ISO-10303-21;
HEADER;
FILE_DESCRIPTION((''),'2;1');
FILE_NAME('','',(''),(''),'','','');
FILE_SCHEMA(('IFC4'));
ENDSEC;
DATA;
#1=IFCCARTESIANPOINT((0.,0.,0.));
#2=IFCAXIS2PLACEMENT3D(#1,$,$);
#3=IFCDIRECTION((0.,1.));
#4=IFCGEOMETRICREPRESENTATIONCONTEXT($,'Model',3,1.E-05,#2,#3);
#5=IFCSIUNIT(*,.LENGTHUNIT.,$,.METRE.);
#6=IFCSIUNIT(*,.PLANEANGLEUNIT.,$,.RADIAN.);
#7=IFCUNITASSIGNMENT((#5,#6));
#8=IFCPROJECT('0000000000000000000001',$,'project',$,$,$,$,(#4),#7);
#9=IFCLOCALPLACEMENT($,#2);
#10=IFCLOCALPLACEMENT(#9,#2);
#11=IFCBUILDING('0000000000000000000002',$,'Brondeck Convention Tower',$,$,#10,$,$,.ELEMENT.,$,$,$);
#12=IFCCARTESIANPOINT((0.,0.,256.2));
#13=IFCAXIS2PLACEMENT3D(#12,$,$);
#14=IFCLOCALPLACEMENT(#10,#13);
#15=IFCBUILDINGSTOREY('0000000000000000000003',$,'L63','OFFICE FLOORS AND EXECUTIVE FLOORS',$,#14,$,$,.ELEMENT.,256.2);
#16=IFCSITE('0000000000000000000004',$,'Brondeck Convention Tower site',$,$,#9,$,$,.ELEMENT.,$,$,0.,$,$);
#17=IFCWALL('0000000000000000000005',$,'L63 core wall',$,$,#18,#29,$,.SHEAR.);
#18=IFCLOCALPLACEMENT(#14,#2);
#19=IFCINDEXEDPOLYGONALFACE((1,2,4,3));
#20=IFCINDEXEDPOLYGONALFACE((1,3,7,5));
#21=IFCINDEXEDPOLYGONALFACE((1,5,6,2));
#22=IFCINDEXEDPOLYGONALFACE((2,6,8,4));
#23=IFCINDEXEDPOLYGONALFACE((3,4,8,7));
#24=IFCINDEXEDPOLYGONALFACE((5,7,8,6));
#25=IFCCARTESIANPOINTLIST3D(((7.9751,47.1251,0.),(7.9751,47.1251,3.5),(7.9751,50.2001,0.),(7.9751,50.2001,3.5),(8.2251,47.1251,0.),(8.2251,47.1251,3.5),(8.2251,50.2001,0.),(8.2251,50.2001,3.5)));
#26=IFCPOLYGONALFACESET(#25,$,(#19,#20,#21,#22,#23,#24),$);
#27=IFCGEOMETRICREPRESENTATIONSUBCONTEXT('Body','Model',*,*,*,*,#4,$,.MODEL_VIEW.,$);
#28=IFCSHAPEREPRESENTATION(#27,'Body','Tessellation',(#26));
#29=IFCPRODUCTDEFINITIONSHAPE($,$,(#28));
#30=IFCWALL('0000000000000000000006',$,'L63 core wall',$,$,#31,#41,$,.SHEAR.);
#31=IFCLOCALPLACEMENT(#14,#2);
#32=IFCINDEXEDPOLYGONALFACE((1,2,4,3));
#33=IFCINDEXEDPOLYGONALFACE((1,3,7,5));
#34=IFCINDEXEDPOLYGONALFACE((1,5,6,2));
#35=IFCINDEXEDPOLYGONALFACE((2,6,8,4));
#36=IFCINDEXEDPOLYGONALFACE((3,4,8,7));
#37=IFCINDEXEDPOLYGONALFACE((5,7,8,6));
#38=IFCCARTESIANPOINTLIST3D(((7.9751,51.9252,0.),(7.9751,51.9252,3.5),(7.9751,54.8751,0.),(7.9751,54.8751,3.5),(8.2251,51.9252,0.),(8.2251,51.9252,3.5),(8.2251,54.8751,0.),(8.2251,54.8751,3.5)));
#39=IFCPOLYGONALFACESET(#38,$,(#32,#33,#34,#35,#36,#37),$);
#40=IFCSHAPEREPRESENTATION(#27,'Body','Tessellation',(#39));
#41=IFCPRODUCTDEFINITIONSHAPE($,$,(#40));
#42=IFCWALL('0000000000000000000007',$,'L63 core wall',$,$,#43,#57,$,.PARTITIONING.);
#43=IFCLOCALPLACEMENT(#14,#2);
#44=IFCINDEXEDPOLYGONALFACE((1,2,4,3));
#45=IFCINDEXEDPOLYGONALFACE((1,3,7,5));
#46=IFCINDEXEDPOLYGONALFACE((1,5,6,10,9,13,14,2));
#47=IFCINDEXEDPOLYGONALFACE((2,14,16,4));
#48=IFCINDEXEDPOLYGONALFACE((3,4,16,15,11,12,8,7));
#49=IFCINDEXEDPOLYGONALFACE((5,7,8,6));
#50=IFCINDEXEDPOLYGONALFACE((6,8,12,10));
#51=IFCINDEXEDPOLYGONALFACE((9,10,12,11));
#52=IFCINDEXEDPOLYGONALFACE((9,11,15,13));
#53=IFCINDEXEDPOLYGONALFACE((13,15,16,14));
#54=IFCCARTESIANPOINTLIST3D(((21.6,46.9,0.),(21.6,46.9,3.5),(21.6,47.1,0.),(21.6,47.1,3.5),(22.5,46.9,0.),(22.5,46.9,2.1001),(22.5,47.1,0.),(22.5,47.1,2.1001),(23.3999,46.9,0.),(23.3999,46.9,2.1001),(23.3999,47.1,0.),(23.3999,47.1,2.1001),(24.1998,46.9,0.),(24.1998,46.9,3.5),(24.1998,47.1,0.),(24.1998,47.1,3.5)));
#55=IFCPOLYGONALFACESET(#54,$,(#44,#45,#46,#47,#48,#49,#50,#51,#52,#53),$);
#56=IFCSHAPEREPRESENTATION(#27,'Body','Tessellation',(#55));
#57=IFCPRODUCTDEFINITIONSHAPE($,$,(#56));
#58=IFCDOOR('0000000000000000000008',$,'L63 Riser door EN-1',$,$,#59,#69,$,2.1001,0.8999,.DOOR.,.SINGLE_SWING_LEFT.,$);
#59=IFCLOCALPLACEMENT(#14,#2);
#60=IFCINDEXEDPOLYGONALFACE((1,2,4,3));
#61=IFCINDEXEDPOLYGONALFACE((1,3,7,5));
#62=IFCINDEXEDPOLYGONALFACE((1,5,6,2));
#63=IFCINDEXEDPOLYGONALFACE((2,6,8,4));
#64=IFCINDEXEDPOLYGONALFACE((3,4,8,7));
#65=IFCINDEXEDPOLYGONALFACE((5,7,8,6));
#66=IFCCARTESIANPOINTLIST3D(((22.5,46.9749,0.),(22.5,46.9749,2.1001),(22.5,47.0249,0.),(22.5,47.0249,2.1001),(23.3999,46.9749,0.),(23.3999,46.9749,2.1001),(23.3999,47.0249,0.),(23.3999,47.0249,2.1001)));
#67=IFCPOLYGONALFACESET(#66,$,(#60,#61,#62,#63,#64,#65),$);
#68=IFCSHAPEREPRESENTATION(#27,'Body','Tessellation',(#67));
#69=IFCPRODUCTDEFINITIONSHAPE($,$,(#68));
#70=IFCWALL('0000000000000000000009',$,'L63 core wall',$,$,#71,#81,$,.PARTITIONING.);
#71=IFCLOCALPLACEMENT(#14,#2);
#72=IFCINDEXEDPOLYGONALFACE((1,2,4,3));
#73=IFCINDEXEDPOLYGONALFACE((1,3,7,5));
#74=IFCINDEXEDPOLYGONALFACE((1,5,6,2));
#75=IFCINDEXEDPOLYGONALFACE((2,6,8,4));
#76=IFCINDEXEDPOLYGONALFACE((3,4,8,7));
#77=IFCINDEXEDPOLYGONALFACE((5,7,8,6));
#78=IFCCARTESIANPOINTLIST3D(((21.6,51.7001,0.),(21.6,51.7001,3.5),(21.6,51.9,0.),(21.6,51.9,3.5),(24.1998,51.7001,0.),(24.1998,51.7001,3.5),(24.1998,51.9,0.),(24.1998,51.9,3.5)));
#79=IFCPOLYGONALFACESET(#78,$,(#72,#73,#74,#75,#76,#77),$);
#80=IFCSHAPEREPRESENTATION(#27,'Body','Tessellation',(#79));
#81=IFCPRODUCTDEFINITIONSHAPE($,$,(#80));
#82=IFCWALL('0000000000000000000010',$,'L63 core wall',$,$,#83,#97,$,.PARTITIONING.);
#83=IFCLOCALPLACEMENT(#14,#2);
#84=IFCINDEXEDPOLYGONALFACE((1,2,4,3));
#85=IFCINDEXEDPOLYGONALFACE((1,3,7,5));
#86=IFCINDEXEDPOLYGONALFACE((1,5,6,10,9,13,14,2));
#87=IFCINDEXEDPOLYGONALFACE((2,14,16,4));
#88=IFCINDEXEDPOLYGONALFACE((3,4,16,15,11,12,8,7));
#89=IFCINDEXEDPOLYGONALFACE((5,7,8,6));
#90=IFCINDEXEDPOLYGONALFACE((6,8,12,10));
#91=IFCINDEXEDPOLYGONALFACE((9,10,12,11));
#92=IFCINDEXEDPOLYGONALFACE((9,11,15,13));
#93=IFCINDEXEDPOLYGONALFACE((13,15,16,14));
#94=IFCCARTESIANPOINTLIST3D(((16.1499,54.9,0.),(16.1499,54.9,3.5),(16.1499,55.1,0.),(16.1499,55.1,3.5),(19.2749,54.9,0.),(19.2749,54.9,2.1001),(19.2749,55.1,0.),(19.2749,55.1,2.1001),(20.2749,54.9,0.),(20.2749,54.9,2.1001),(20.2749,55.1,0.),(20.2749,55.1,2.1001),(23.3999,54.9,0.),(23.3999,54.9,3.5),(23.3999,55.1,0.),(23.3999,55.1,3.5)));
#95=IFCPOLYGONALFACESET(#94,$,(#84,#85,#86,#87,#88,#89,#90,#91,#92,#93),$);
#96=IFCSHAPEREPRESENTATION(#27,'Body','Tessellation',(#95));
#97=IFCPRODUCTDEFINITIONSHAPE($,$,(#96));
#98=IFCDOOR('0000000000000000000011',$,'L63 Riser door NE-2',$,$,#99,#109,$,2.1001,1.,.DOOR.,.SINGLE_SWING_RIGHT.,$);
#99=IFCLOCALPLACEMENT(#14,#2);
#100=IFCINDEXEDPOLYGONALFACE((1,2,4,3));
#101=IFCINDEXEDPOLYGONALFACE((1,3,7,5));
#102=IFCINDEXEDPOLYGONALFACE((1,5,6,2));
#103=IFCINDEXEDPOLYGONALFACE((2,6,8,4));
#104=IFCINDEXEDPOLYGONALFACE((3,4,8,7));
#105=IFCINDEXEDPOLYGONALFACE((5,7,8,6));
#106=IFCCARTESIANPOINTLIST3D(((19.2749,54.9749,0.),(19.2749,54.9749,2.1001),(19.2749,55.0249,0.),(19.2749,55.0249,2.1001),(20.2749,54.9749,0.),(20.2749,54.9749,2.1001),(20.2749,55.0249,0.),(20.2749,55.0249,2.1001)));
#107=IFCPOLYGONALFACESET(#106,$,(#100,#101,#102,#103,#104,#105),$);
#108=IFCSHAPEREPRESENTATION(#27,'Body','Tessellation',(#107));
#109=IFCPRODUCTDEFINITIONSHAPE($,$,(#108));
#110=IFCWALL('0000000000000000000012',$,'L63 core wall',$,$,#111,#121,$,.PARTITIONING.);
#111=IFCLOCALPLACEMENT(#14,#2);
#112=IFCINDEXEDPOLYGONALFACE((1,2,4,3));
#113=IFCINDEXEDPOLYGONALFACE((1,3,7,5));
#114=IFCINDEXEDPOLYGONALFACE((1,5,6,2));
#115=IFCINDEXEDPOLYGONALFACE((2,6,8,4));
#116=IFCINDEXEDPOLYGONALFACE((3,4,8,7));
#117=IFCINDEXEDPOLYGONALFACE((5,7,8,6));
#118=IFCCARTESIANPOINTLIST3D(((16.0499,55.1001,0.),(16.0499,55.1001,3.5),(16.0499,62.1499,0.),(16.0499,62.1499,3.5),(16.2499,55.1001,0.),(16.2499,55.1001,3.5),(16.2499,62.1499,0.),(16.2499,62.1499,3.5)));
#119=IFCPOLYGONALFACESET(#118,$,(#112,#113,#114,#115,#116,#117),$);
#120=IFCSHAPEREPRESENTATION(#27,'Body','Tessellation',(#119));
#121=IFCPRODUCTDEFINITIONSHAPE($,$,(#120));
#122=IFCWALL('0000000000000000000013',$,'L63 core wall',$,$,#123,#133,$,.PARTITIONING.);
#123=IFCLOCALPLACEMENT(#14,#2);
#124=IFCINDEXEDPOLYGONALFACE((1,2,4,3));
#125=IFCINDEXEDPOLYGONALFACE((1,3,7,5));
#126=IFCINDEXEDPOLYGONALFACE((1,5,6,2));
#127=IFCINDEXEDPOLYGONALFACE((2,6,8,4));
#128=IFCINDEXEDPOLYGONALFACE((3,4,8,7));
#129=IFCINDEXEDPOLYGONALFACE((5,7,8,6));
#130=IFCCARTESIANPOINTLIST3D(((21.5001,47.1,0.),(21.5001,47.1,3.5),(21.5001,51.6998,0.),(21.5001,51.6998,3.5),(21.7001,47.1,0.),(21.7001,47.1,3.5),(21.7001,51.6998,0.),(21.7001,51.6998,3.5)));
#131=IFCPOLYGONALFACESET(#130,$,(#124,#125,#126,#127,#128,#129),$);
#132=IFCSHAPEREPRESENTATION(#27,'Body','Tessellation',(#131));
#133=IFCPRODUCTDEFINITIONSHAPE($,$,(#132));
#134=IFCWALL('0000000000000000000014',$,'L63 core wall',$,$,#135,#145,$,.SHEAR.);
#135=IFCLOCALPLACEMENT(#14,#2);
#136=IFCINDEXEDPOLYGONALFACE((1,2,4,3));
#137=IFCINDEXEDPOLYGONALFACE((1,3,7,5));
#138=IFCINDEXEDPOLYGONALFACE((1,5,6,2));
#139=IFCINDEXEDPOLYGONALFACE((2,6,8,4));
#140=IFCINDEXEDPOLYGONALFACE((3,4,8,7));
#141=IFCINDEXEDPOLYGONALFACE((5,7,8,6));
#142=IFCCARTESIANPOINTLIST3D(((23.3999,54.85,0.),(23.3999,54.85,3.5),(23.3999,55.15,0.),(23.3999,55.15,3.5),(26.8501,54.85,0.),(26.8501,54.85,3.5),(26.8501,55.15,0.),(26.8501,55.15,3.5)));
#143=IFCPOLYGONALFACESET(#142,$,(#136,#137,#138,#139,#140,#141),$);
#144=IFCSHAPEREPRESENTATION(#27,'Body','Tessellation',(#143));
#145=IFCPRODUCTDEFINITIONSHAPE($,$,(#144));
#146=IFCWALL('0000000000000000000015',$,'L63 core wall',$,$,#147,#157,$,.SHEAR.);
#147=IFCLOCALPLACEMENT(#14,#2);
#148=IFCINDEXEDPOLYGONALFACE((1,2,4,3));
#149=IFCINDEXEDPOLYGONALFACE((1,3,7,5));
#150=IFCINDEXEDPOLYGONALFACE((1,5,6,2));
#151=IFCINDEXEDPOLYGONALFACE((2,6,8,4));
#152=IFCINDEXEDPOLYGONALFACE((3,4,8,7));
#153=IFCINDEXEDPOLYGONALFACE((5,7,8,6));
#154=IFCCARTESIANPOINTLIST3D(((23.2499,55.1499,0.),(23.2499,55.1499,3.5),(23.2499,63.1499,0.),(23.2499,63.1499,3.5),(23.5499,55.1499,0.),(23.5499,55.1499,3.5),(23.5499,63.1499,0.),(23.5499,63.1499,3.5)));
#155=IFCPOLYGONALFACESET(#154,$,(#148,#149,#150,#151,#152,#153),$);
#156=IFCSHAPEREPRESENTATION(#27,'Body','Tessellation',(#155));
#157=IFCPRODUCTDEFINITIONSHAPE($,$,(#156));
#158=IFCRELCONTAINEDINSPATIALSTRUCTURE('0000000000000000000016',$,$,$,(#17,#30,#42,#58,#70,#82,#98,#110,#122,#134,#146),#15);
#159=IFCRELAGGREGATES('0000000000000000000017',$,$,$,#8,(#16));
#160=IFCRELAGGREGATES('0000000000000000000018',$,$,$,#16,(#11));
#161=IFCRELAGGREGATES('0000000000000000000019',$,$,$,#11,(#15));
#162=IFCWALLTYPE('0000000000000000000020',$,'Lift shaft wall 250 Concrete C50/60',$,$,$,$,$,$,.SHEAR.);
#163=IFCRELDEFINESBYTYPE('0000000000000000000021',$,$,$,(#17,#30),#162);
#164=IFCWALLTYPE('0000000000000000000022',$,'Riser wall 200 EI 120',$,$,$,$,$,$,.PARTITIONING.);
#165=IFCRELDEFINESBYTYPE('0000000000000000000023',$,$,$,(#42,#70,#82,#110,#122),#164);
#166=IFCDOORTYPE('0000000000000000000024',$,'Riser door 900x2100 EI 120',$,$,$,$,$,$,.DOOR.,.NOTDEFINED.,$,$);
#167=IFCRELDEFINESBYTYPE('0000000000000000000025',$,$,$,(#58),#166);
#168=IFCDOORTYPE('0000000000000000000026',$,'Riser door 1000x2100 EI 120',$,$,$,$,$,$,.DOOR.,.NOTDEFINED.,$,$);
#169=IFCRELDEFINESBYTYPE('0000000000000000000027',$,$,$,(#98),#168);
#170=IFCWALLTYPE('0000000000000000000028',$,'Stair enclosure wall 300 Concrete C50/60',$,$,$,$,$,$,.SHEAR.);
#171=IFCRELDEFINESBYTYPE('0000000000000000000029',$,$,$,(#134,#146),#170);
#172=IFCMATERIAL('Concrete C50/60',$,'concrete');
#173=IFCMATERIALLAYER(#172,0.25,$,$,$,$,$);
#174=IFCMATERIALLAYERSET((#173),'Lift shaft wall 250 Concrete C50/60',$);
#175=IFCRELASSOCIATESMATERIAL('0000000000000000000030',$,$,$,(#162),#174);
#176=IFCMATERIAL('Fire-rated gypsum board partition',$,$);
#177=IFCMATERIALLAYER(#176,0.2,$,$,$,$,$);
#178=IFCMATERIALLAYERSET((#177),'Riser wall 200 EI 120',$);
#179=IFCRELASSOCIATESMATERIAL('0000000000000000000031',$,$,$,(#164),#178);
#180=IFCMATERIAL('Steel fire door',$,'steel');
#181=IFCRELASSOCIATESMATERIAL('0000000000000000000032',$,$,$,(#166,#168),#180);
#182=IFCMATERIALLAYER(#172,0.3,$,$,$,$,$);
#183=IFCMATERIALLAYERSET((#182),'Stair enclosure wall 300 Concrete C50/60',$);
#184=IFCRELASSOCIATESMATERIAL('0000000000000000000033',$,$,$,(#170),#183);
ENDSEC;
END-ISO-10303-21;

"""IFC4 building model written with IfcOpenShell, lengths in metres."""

from ifc_helpers import new_model, si_unit, direction, frame, frame_2d, origin, place, context, subcontext, project, spatial, rectangle, extrude, material, layer, layer_set, type_object, element, fill, save


model = new_model("IFC4")

# Units and contexts
model_context = context("Model", 3, precision=1e-05, world=origin(), true_north=direction((0.0, 1.0)))
body_context = subcontext(model_context, "Body", "Model", "MODEL_VIEW")
ifc_project = project(units=[si_unit("LENGTHUNIT", "METRE"), si_unit("PLANEANGLEUNIT", "RADIAN")], contexts=[model_context])

# Site, building, storey
site_placement = place(None, origin())
site = spatial("IfcSite", under=ifc_project, at=site_placement, Name="Brondeck Convention Tower site", CompositionType="ELEMENT", RefElevation=0.0)
building_placement = place(site_placement, origin())
building = spatial("IfcBuilding", under=site, at=building_placement, Name="Brondeck Convention Tower", CompositionType="ELEMENT")
storey_placement = place(building_placement, frame((0.0, 0.0, 256.2)))
storey = spatial("IfcBuildingStorey", under=building, at=storey_placement, Name="L63", Description="OFFICE FLOORS AND EXECUTIVE FLOORS", CompositionType="ELEMENT", Elevation=256.2)

# Shared definitions
ifc_material_1 = material(Name="Fire-rated gypsum board partition")
ifc_material_2 = material(Name="Steel fire door", Category="steel")

# Walls
ifc_material_3 = material(Name="Concrete C50/60", Category="concrete")
ifc_layer_1 = layer(ifc_material_3, 0.25)
ifc_layer_set_1 = layer_set([ifc_layer_1], Name="Lift shaft wall 250 Concrete C50/60")
wall_type_1 = type_object("IfcWallType", Name="Lift shaft wall 250 Concrete C50/60", PredefinedType="SHEAR", material=ifc_layer_set_1)
wall_1_placement = place(storey_placement, frame((8.1001, 47.125, 0.0), z_axis=(0.0, 0.0, 1.0), x_axis=(0.0, 1.0, 0.0)))
element("IfcWall", 1, at=wall_1_placement, inside=storey, type_object=wall_type_1, Name="L63 core wall", PredefinedType="SHEAR", context=body_context, shape_type="SweptSolid", body=[
    extrude(rectangle(XDim=3.075, YDim=0.25, at=frame_2d((1.5376, 0.0))), origin(), (0.0, 0.0, 1.0), 3.5),
])
wall_2_placement = place(storey_placement, frame((8.1001, 51.925, 0.0), z_axis=(0.0, 0.0, 1.0), x_axis=(0.0, 1.0, 0.0)))
element("IfcWall", 2, at=wall_2_placement, inside=storey, type_object=wall_type_1, Name="L63 core wall", PredefinedType="SHEAR", context=body_context, shape_type="SweptSolid", body=[
    extrude(rectangle(XDim=2.95, YDim=0.25, at=frame_2d((1.4751, 0.0))), origin(), (0.0, 0.0, 1.0), 3.5),
])

# Wall, opening, door
ifc_layer_2 = layer(ifc_material_1, 0.2)
ifc_layer_set_2 = layer_set([ifc_layer_2], Name="Riser wall 200 EI 120")
wall_type_2 = type_object("IfcWallType", Name="Riser wall 200 EI 120", PredefinedType="PARTITIONING", material=ifc_layer_set_2)
wall_3_placement = place(storey_placement, frame((21.6001, 47.0, 0.0), z_axis=(0.0, 0.0, 1.0), x_axis=(1.0, 0.0, 0.0)))
wall_3 = element("IfcWall", 3, at=wall_3_placement, inside=storey, type_object=wall_type_2, Name="L63 core wall", PredefinedType="PARTITIONING", context=body_context, shape_type="SweptSolid", body=[
    extrude(rectangle(XDim=2.5999, YDim=0.2, at=frame_2d((1.2998, 0.0))), origin(), (0.0, 0.0, 1.0), 3.5),
])
opening_1_placement = place(wall_3_placement, frame((0.8999, 0.0, 0.0)))
opening_1 = element("IfcOpeningElement", 4, at=opening_1_placement, cuts=wall_3, PredefinedType="OPENING", context=body_context, shape_type="SweptSolid", body=[
    extrude(rectangle(XDim=0.8999, YDim=2.1001, at=frame_2d((0.45, 1.05))), frame((0.0, 0.1099, 0.0), z_axis=(0.0, -1.0, 0.0), x_axis=(1.0, 0.0, 0.0)), (0.0, 0.0, 1.0), 0.22),
])
door_type_1 = type_object("IfcDoorType", Name="Riser door 900x2100 EI 120", OperationType="NOTDEFINED", PredefinedType="DOOR", material=ifc_material_2)
door_1_placement = place(opening_1_placement, origin())
door_1 = element("IfcDoor", 5, at=door_1_placement, inside=storey, type_object=door_type_1, Name="L63 Riser door EN-1", OperationType="SINGLE_SWING_LEFT", OverallHeight=2.1001, OverallWidth=0.8999, PredefinedType="DOOR", context=body_context, shape_type="SweptSolid", body=[
    extrude(rectangle(XDim=0.8999, YDim=2.1001, at=frame_2d((0.45, 1.05))), frame((0.0, 0.0249, 0.0), z_axis=(0.0, -1.0, 0.0), x_axis=(1.0, 0.0, 0.0)), (0.0, 0.0, 1.0), 0.05),
])
fill(opening_1, door_1)

# Wall
wall_4_placement = place(storey_placement, frame((21.6001, 51.8, 0.0), z_axis=(0.0, 0.0, 1.0), x_axis=(1.0, 0.0, 0.0)))
element("IfcWall", 6, at=wall_4_placement, inside=storey, type_object=wall_type_2, Name="L63 core wall", PredefinedType="PARTITIONING", context=body_context, shape_type="SweptSolid", body=[
    extrude(rectangle(XDim=2.5999, YDim=0.2, at=frame_2d((1.2998, 0.0))), origin(), (0.0, 0.0, 1.0), 3.5),
])

# Wall, opening, door
wall_5_placement = place(storey_placement, frame((16.1499, 55.0, 0.0), z_axis=(0.0, 0.0, 1.0), x_axis=(1.0, 0.0, 0.0)))
wall_5 = element("IfcWall", 7, at=wall_5_placement, inside=storey, type_object=wall_type_2, Name="L63 core wall", PredefinedType="PARTITIONING", context=body_context, shape_type="SweptSolid", body=[
    extrude(rectangle(XDim=7.25, YDim=0.2, at=frame_2d((3.625, 0.0))), origin(), (0.0, 0.0, 1.0), 3.5),
])
opening_2_placement = place(wall_5_placement, frame((3.125, 0.0, 0.0)))
opening_2 = element("IfcOpeningElement", 8, at=opening_2_placement, cuts=wall_5, PredefinedType="OPENING", context=body_context, shape_type="SweptSolid", body=[
    extrude(rectangle(XDim=1.0, YDim=2.1001, at=frame_2d((0.5, 1.05))), frame((0.0, 0.1099, 0.0), z_axis=(0.0, -1.0, 0.0), x_axis=(1.0, 0.0, 0.0)), (0.0, 0.0, 1.0), 0.22),
])
door_type_2 = type_object("IfcDoorType", Name="Riser door 1000x2100 EI 120", OperationType="NOTDEFINED", PredefinedType="DOOR", material=ifc_material_2)
door_2_placement = place(opening_2_placement, origin())
door_2 = element("IfcDoor", 9, at=door_2_placement, inside=storey, type_object=door_type_2, Name="L63 Riser door NE-2", OperationType="SINGLE_SWING_RIGHT", OverallHeight=2.1001, OverallWidth=1.0, PredefinedType="DOOR", context=body_context, shape_type="SweptSolid", body=[
    extrude(rectangle(XDim=1.0, YDim=2.1001, at=frame_2d((0.5, 1.05))), frame((0.0, 0.0249, 0.0), z_axis=(0.0, -1.0, 0.0), x_axis=(1.0, 0.0, 0.0)), (0.0, 0.0, 1.0), 0.05),
])
fill(opening_2, door_2)

# Walls
wall_6_placement = place(storey_placement, frame((16.1499, 55.1001, 0.0), z_axis=(0.0, 0.0, 1.0), x_axis=(0.0, 1.0, 0.0)))
element("IfcWall", 10, at=wall_6_placement, inside=storey, type_object=wall_type_2, Name="L63 core wall", PredefinedType="PARTITIONING", context=body_context, shape_type="SweptSolid", body=[
    extrude(rectangle(XDim=7.0498, YDim=0.2, at=frame_2d((3.5249, 0.0))), origin(), (0.0, 0.0, 1.0), 3.5),
])
wall_7_placement = place(storey_placement, frame((21.6001, 47.1001, 0.0), z_axis=(0.0, 0.0, 1.0), x_axis=(0.0, 1.0, 0.0)))
element("IfcWall", 11, at=wall_7_placement, inside=storey, type_object=wall_type_2, Name="L63 core wall", PredefinedType="PARTITIONING", context=body_context, shape_type="SweptSolid", body=[
    extrude(rectangle(XDim=4.5999, YDim=0.2, at=frame_2d((2.2998, 0.0))), origin(), (0.0, 0.0, 1.0), 3.5),
])
ifc_layer_3 = layer(ifc_material_3, 0.3)
ifc_layer_set_3 = layer_set([ifc_layer_3], Name="Stair enclosure wall 300 Concrete C50/60")
wall_type_3 = type_object("IfcWallType", Name="Stair enclosure wall 300 Concrete C50/60", PredefinedType="SHEAR", material=ifc_layer_set_3)
wall_8_placement = place(storey_placement, frame((23.3999, 55.0, 0.0), z_axis=(0.0, 0.0, 1.0), x_axis=(1.0, 0.0, 0.0)))
element("IfcWall", 12, at=wall_8_placement, inside=storey, type_object=wall_type_3, Name="L63 core wall", PredefinedType="SHEAR", context=body_context, shape_type="SweptSolid", body=[
    extrude(rectangle(XDim=3.4502, YDim=0.3, at=frame_2d((1.7251, 0.0))), origin(), (0.0, 0.0, 1.0), 3.5),
])
wall_9_placement = place(storey_placement, frame((23.3999, 55.1499, 0.0), z_axis=(0.0, 0.0, 1.0), x_axis=(0.0, 1.0, 0.0)))
element("IfcWall", 13, at=wall_9_placement, inside=storey, type_object=wall_type_3, Name="L63 core wall", PredefinedType="SHEAR", context=body_context, shape_type="SweptSolid", body=[
    extrude(rectangle(XDim=8.0, YDim=0.3, at=frame_2d((4.0, 0.0))), origin(), (0.0, 0.0, 1.0), 3.5),
])

save(model, "model.ifc")
